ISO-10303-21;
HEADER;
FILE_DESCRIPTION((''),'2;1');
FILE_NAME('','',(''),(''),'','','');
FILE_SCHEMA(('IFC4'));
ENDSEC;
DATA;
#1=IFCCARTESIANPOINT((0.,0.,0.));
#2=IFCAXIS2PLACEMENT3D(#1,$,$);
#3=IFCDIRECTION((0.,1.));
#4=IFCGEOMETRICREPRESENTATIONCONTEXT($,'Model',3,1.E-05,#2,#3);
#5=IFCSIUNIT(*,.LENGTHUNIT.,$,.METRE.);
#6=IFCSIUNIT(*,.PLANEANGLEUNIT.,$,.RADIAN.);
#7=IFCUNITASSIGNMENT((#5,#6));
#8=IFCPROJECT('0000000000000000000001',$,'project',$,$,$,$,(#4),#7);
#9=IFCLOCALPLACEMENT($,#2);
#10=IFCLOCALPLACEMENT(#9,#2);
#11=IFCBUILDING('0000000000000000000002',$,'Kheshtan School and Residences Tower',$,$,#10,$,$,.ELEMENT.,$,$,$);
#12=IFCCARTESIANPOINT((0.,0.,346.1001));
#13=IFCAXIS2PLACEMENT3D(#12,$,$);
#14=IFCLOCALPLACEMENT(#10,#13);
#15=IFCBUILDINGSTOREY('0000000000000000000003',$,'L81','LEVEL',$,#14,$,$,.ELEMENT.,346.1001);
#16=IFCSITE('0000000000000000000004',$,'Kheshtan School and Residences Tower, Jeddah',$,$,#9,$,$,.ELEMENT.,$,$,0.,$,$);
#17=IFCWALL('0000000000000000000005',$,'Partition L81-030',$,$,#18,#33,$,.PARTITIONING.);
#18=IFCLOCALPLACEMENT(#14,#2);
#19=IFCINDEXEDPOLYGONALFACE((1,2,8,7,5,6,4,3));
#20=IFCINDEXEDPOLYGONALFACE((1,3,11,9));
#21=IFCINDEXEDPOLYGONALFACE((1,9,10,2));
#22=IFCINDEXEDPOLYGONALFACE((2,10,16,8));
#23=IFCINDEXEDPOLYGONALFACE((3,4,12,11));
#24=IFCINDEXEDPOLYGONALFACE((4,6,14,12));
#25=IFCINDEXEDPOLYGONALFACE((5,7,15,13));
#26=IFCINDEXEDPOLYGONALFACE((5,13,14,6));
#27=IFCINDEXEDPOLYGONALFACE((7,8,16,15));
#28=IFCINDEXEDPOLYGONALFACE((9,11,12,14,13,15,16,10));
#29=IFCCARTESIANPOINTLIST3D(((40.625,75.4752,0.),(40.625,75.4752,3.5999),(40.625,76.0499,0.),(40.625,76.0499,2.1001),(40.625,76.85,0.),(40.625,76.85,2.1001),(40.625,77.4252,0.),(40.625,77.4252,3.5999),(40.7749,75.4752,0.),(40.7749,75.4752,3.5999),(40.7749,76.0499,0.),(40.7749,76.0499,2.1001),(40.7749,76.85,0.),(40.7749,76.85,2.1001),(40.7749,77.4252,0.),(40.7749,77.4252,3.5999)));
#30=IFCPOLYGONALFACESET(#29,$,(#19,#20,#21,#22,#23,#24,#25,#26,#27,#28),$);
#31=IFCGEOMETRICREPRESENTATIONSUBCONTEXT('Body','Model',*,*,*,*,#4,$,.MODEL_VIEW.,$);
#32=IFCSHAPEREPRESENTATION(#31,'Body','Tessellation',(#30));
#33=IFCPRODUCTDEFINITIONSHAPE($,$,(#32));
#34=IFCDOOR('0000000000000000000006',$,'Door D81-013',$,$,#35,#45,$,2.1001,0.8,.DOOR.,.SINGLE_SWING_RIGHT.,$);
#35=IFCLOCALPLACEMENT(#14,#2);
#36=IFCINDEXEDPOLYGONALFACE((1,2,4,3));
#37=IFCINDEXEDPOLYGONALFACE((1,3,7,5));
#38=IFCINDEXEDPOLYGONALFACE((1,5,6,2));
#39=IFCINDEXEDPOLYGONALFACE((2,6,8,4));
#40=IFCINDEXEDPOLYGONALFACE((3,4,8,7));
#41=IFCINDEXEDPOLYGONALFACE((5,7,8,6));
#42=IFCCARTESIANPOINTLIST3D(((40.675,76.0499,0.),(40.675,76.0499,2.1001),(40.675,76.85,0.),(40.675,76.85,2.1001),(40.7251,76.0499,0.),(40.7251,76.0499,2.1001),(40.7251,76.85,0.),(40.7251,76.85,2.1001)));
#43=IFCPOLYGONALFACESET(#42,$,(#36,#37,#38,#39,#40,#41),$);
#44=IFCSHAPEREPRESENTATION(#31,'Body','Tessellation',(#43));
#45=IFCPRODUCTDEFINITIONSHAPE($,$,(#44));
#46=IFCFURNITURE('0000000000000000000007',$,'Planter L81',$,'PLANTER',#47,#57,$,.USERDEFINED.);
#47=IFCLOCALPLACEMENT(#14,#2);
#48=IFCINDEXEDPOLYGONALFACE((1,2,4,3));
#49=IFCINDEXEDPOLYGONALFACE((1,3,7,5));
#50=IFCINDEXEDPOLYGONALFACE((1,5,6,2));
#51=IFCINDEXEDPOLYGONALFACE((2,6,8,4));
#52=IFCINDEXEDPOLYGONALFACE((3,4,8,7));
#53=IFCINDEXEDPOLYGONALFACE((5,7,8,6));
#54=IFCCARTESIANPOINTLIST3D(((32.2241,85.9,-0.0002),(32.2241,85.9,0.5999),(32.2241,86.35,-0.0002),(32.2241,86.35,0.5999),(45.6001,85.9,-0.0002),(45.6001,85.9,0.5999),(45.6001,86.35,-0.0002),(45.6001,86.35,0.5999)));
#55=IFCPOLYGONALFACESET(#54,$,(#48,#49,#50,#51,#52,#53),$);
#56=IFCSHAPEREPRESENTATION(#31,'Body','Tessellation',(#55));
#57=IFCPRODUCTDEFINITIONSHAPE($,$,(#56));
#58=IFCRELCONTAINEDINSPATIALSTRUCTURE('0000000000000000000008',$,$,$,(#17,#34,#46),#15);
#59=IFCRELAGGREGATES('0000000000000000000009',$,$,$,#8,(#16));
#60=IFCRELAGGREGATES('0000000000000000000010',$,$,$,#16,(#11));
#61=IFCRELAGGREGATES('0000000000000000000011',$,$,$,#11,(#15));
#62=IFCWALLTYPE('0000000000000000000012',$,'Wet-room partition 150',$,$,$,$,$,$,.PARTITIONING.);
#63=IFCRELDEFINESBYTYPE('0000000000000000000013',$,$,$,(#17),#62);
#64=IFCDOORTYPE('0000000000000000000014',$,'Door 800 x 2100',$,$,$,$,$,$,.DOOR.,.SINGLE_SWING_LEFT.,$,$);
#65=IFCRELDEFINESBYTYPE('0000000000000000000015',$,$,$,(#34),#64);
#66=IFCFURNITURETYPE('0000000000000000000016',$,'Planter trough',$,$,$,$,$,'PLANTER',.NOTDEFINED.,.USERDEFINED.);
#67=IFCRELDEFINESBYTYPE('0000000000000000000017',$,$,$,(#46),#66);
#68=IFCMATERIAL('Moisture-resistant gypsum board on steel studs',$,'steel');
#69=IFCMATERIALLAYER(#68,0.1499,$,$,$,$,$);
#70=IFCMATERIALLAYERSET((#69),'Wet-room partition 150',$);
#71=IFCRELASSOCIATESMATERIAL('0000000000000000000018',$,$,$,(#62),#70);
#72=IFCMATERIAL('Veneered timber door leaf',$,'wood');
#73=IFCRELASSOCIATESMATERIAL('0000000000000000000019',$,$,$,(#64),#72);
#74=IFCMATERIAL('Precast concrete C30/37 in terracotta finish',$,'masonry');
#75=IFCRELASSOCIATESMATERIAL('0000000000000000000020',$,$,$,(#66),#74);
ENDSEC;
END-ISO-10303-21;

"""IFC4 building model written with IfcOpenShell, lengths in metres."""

from ifc_helpers import new_model, si_unit, direction, frame, frame_2d, origin, origin_2d, place, context, subcontext, project, spatial, rectangle, extrude, source, transform, mapped, material, layer, layer_set, type_object, element, fill, save


model = new_model("IFC4")

# Units and contexts
model_context = context("Model", 3, precision=1e-05, world=origin(), true_north=direction((0.0, 1.0)))
body_context = subcontext(model_context, "Body", "Model", "MODEL_VIEW")
ifc_project = project(units=[si_unit("LENGTHUNIT", "METRE"), si_unit("PLANEANGLEUNIT", "RADIAN")], contexts=[model_context])

# Site, building, storey
site_placement = place(None, origin())
site = spatial("IfcSite", under=ifc_project, at=site_placement, Name="Kheshtan School and Residences Tower, Jeddah", CompositionType="ELEMENT", RefElevation=0.0)
building_placement = place(site_placement, origin())
building = spatial("IfcBuilding", under=site, at=building_placement, Name="Kheshtan School and Residences Tower", CompositionType="ELEMENT")
storey_placement = place(building_placement, frame((0.0, 0.0, 346.1001)))
storey = spatial("IfcBuildingStorey", under=building, at=storey_placement, Name="L81", Description="LEVEL", CompositionType="ELEMENT", Elevation=346.1001)

# Shared definitions
ifc_material_1 = material(Name="Veneered timber door leaf", Category="wood")

# Shared definitions
ifc_material_2 = material(Name="Moisture-resistant gypsum board on steel studs", Category="steel")
ifc_layer_1 = layer(ifc_material_2, 0.1499)
ifc_layer_set_1 = layer_set([ifc_layer_1], Name="Wet-room partition 150")
wall_type_1 = type_object("IfcWallType", Name="Wet-room partition 150", PredefinedType="PARTITIONING", material=ifc_layer_set_1)

# Wall, opening, door
wall_1_placement = place(storey_placement, frame((40.7, 75.4751, 0.0), z_axis=(0.0, 0.0, 1.0), x_axis=(0.0, 1.0, 0.0)))
wall_1 = element("IfcWall", 1, at=wall_1_placement, inside=storey, type_object=wall_type_1, Name="Partition L81-030", PredefinedType="PARTITIONING", context=body_context, shape_type="SweptSolid", body=[
    extrude(rectangle(XDim=1.95, YDim=0.1499, at=frame_2d((0.9751, 0.0))), origin(), (0.0, 0.0, 1.0), 3.5999),
])
opening_1_placement = place(wall_1_placement, frame((0.575, 0.0, 0.0)))
opening_1 = element("IfcOpeningElement", 2, at=opening_1_placement, cuts=wall_1, PredefinedType="OPENING", context=body_context, shape_type="SweptSolid", body=[
    extrude(rectangle(XDim=0.8, YDim=2.1001, at=frame_2d((0.3999, 1.05))), frame((0.0, 0.085, 0.0), z_axis=(0.0, -1.0, 0.0), x_axis=(1.0, 0.0, 0.0)), (0.0, 0.0, 1.0), 0.1699),
])
door_type_1 = type_object("IfcDoorType", Name="Door 800 x 2100", OperationType="SINGLE_SWING_LEFT", PredefinedType="DOOR", material=ifc_material_1)
shared_shape_1 = source(origin(), body_context, "Body", "SweptSolid", [
    extrude(rectangle(XDim=0.8, YDim=2.1001, at=frame_2d((0.3999, 1.05))), frame((0.0, 0.0249, 0.0), z_axis=(0.0, -1.0, 0.0), x_axis=(1.0, 0.0, 0.0)), (0.0, 0.0, 1.0), 0.05),
])
door_1_placement = place(opening_1_placement, origin())
door_1 = element("IfcDoor", 3, at=door_1_placement, inside=storey, type_object=door_type_1, Name="Door D81-013", OperationType="SINGLE_SWING_RIGHT", OverallHeight=2.1001, OverallWidth=0.8, PredefinedType="DOOR", context=body_context, shape_type="MappedRepresentation", body=[
    mapped(shared_shape_1, transform((0.0, 0.0, 0.0), x_axis=(1.0, 0.0, 0.0), y_axis=(0.0, 1.0, 0.0), z_axis=(0.0, 0.0, 1.0), scale=1.0)),
])
fill(opening_1, door_1)

# Furniture
ifc_material_3 = material(Name="Precast concrete C30/37 in terracotta finish", Category="masonry")
furniture_type = type_object("IfcFurnitureType", Name="Planter trough", ElementType="PLANTER", AssemblyPlace="NOTDEFINED", PredefinedType="USERDEFINED", material=ifc_material_3)
furniture_placement = place(storey_placement, frame((38.9121, 86.125, -0.0002), z_axis=(0.0, 0.0, 1.0), x_axis=(1.0, 0.0, 0.0)))
element("IfcFurniture", 4, at=furniture_placement, inside=storey, type_object=furniture_type, Name="Planter L81", ObjectType="PLANTER", PredefinedType="USERDEFINED", context=body_context, shape_type="SweptSolid", body=[
    extrude(rectangle(XDim=13.376, YDim=0.45, at=origin_2d()), origin(), (0.0, 0.0, 1.0), 0.6001),
])

save(model, "model.ifc")
